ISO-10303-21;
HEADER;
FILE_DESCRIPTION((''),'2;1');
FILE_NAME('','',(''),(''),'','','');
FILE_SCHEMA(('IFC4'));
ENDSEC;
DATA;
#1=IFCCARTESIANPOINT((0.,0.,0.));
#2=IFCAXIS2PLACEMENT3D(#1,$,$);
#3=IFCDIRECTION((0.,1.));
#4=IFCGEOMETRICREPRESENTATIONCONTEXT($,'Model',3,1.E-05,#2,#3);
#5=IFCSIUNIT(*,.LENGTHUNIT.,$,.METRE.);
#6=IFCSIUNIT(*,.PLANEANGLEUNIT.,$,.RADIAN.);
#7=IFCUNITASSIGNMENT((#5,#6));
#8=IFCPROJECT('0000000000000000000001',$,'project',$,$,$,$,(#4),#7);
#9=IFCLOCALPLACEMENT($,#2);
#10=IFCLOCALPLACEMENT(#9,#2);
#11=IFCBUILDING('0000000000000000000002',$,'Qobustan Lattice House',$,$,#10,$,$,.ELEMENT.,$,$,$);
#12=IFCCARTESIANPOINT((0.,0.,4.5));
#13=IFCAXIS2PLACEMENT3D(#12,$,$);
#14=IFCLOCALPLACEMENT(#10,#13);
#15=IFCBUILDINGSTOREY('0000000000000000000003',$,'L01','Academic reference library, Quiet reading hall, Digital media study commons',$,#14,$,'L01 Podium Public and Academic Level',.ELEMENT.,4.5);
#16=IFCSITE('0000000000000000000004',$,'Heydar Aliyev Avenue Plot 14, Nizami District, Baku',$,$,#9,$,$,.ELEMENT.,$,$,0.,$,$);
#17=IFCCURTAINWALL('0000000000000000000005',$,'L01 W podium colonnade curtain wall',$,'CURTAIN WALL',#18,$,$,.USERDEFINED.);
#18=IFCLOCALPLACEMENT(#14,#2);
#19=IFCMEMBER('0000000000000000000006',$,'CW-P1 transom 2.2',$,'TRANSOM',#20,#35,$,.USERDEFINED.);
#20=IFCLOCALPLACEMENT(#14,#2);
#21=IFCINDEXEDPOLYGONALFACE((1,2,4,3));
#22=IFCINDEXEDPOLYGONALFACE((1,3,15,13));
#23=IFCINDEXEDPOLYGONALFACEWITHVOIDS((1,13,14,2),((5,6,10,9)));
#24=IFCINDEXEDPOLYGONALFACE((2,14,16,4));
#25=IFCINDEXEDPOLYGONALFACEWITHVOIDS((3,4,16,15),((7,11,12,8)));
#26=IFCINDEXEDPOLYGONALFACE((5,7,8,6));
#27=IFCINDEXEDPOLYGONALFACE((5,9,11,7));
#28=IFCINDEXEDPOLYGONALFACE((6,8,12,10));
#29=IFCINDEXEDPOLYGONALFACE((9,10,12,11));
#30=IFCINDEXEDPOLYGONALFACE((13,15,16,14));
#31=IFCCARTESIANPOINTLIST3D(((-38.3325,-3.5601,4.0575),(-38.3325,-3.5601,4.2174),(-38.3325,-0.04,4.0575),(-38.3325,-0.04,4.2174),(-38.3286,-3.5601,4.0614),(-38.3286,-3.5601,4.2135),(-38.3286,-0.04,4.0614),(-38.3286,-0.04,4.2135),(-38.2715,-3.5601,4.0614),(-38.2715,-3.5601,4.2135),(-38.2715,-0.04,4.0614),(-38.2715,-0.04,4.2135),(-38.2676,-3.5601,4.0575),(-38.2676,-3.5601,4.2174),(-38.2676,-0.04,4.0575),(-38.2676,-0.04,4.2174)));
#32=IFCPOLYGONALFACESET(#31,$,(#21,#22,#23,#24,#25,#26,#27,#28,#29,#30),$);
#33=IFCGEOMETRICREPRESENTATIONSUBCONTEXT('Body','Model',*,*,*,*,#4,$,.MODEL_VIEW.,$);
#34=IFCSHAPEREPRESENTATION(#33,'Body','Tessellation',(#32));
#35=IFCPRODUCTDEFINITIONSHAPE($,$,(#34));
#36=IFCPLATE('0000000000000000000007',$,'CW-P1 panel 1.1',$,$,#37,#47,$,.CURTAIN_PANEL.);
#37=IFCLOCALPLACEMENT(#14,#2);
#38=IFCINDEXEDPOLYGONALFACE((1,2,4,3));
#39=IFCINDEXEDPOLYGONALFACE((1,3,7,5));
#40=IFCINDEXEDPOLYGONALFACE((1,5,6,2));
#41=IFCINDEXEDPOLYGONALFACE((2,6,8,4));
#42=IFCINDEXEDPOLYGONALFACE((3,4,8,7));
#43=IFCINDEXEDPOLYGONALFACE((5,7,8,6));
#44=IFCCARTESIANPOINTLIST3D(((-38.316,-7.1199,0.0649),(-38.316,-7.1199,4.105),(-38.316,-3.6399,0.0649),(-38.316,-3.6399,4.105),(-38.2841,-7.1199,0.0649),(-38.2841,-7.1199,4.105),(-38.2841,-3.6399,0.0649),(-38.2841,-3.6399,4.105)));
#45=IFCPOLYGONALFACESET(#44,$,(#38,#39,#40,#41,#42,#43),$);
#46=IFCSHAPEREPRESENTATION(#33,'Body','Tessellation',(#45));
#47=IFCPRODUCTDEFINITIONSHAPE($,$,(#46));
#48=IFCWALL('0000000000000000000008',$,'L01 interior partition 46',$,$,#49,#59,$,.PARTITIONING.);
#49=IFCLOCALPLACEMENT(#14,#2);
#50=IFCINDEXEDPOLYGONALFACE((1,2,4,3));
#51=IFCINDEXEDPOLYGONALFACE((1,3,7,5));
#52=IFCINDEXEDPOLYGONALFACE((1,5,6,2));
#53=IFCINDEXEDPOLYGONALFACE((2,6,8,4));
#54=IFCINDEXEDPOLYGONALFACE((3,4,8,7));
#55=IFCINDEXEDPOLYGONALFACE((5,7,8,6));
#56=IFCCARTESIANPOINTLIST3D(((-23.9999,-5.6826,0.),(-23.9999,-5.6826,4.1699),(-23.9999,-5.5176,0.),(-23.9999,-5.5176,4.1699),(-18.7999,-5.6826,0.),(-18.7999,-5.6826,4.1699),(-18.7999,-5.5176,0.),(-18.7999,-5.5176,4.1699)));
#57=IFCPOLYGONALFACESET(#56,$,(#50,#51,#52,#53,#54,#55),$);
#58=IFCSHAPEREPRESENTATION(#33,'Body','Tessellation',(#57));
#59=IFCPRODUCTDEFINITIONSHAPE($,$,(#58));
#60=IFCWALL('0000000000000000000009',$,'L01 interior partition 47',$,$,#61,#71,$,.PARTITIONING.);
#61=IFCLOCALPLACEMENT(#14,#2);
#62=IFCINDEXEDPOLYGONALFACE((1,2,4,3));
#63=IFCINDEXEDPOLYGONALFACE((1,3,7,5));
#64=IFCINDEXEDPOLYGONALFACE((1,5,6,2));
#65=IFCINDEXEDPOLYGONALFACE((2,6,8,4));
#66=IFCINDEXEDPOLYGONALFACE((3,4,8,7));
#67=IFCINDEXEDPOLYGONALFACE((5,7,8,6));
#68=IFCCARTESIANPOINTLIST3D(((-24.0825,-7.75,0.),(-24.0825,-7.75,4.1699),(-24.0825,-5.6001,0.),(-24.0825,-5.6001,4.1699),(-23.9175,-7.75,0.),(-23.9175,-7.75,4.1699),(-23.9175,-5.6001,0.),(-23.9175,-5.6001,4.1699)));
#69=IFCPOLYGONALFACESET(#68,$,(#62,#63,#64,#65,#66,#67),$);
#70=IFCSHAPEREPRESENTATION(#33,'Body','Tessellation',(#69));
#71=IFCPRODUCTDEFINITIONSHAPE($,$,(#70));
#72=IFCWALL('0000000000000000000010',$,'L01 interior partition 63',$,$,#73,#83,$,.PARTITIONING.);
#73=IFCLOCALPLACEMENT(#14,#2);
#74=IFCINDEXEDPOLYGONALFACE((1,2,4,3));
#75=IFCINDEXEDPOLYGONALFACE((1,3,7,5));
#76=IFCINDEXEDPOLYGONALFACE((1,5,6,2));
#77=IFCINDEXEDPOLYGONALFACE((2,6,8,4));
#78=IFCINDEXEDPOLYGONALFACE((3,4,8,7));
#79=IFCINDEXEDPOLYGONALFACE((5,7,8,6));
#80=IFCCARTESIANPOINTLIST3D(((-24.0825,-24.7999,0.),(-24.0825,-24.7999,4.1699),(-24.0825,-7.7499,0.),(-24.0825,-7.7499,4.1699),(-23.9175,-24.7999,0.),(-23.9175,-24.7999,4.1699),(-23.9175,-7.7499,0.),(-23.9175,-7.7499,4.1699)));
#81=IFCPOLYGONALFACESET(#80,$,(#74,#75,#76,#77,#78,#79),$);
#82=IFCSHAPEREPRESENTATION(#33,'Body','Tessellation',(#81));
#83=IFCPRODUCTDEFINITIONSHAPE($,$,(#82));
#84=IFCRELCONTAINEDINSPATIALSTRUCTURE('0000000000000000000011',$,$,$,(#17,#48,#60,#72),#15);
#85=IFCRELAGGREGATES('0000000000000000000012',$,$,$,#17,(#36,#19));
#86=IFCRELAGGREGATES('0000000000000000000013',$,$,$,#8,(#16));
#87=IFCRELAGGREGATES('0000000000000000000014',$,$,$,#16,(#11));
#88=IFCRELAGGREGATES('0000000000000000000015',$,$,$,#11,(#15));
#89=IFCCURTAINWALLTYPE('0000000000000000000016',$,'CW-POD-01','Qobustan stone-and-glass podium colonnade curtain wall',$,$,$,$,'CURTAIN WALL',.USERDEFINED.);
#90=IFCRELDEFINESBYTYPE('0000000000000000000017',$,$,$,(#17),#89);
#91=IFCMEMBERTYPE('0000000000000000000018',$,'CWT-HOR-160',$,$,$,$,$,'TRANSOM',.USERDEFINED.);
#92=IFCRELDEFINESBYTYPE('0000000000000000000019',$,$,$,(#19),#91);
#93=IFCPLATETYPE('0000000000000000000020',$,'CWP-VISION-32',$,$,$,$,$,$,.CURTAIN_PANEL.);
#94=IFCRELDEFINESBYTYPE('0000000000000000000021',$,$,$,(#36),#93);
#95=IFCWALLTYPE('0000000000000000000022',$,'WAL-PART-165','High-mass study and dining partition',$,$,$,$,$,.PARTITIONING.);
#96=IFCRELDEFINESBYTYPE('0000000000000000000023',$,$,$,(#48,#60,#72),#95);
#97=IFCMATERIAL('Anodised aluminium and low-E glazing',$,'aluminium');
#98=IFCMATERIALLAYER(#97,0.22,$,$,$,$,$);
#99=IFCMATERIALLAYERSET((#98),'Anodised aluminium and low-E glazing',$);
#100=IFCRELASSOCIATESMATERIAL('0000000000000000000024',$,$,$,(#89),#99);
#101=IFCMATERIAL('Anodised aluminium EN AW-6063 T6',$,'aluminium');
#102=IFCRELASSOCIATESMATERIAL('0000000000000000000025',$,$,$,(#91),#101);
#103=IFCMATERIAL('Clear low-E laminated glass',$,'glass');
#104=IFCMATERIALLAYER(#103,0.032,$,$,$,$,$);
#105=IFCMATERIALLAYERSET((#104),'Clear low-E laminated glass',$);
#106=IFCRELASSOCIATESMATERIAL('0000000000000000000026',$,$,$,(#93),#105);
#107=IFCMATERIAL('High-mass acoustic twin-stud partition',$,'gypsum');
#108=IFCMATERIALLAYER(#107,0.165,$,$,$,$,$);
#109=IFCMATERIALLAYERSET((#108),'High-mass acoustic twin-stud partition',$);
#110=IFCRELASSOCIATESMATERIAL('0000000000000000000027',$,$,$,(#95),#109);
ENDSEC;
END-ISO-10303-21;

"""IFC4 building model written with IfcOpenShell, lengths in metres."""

from ifc_helpers import new_model, si_unit, direction, frame, frame_2d, origin, origin_2d, place, context, subcontext, project, spatial, rectangle, hollow_rectangle, extrude, material, layer, layer_set, material_profile, profile_set, type_object, element, aggregate, save


model = new_model("IFC4")

# Units and contexts
model_context = context("Model", 3, precision=1e-05, world=origin(), true_north=direction((0.0, 1.0)))
body_context = subcontext(model_context, "Body", "Model", "MODEL_VIEW")
ifc_project = project(units=[si_unit("LENGTHUNIT", "METRE"), si_unit("PLANEANGLEUNIT", "RADIAN")], contexts=[model_context])

# Site, building, storey
site_placement = place(None, origin())
site = spatial("IfcSite", under=ifc_project, at=site_placement, Name="Heydar Aliyev Avenue Plot 14, Nizami District, Baku", CompositionType="ELEMENT", RefElevation=0.0)
building_placement = place(site_placement, origin())
building = spatial("IfcBuilding", under=site, at=building_placement, Name="Qobustan Lattice House", CompositionType="ELEMENT")
storey_placement = place(building_placement, frame((0.0, 0.0, 4.5)))
storey = spatial("IfcBuildingStorey", under=building, at=storey_placement, Name="L01", Description="Academic reference library, Quiet reading hall, Digital media study commons", LongName="L01 Podium Public and Academic Level", CompositionType="ELEMENT", Elevation=4.5)

# Curtain wall, member, plate
ifc_material_1 = material(Name="Anodised aluminium and low-E glazing", Category="aluminium")
ifc_layer_1 = layer(ifc_material_1, 0.22)
ifc_layer_set_1 = layer_set([ifc_layer_1], Name="Anodised aluminium and low-E glazing")
curtain_wall_type = type_object("IfcCurtainWallType", Name="CW-POD-01", Description="Qobustan stone-and-glass podium colonnade curtain wall", ElementType="CURTAIN WALL", PredefinedType="USERDEFINED", material=ifc_layer_set_1)
curtain_wall_placement = place(storey_placement, origin())
curtain_wall = element("IfcCurtainWall", 1, at=curtain_wall_placement, inside=storey, type_object=curtain_wall_type, Name="L01 W podium colonnade curtain wall", ObjectType="CURTAIN WALL", PredefinedType="USERDEFINED")
ifc_material_2 = material(Name="Anodised aluminium EN AW-6063 T6", Category="aluminium")
ifc_material_profile_1 = material_profile(ifc_material_2, hollow_rectangle(XDim=0.0649, YDim=0.1599, WallThickness=0.0039, at=origin_2d()), Name="CWT-160x65")
ifc_profile_set_1 = profile_set([ifc_material_profile_1], Name="Anodised aluminium EN AW-6063 T6")
member_type_1 = type_object("IfcMemberType", Name="CWT-HOR-160", ElementType="TRANSOM", PredefinedType="USERDEFINED", material=ifc_profile_set_1)
member_1_placement = place(storey_placement, frame((-38.3, -3.5601, 4.1375), z_axis=(0.0, 1.0, 0.0), x_axis=(-1.0, 0.0, 0.0)))
member_1 = element("IfcMember", 2, at=member_1_placement, type_object=member_type_1, Name="CW-P1 transom 2.2", ObjectType="TRANSOM", PredefinedType="USERDEFINED", context=body_context, shape_type="SweptSolid", body=[
    extrude(hollow_rectangle(XDim=0.0649, YDim=0.1599, WallThickness=0.0039, at=origin_2d()), origin(), (0.0, 0.0, 1.0), 3.52),
])
ifc_material_3 = material(Name="Clear low-E laminated glass", Category="glass")
ifc_layer_2 = layer(ifc_material_3, 0.032)
ifc_layer_set_2 = layer_set([ifc_layer_2], Name="Clear low-E laminated glass")
plate_type = type_object("IfcPlateType", Name="CWP-VISION-32", PredefinedType="CURTAIN_PANEL", material=ifc_layer_set_2)
plate_placement = place(storey_placement, frame((-38.3, -5.3799, 0.0649), z_axis=(0.0, 0.0, 1.0), x_axis=(0.0, 1.0, 0.0)))
plate = element("IfcPlate", 3, at=plate_placement, type_object=plate_type, Name="CW-P1 panel 1.1", PredefinedType="CURTAIN_PANEL", context=body_context, shape_type="SweptSolid", body=[
    extrude(rectangle(XDim=3.48, YDim=0.032, at=origin_2d()), origin(), (0.0, 0.0, 1.0), 4.04),
])
aggregate(curtain_wall, [plate, member_1])

# Walls
ifc_material_4 = material(Name="High-mass acoustic twin-stud partition", Category="gypsum")
ifc_layer_3 = layer(ifc_material_4, 0.165)
ifc_layer_set_3 = layer_set([ifc_layer_3], Name="High-mass acoustic twin-stud partition")
wall_type = type_object("IfcWallType", Name="WAL-PART-165", Description="High-mass study and dining partition", PredefinedType="PARTITIONING", material=ifc_layer_set_3)
wall_1_placement = place(storey_placement, frame((-24.0, -5.6001, 0.0), z_axis=(0.0, 0.0, 1.0), x_axis=(1.0, 0.0, 0.0)))
element("IfcWall", 4, at=wall_1_placement, inside=storey, type_object=wall_type, Name="L01 interior partition 46", PredefinedType="PARTITIONING", context=body_context, shape_type="SweptSolid", body=[
    extrude(rectangle(XDim=5.2, YDim=0.165, at=frame_2d((2.6001, 0.0))), origin(), (0.0, 0.0, 1.0), 4.1699),
])
wall_2_placement = place(storey_placement, frame((-24.0, -7.75, 0.0), z_axis=(0.0, 0.0, 1.0), x_axis=(0.0, 1.0, 0.0)))
element("IfcWall", 5, at=wall_2_placement, inside=storey, type_object=wall_type, Name="L01 interior partition 47", PredefinedType="PARTITIONING", context=body_context, shape_type="SweptSolid", body=[
    extrude(rectangle(XDim=2.1499, YDim=0.165, at=frame_2d((1.075, 0.0))), origin(), (0.0, 0.0, 1.0), 4.1699),
])
wall_3_placement = place(storey_placement, frame((-24.0, -7.75, 0.0), z_axis=(0.0, 0.0, 1.0), x_axis=(0.0, -1.0, 0.0)))
element("IfcWall", 6, at=wall_3_placement, inside=storey, type_object=wall_type, Name="L01 interior partition 63", PredefinedType="PARTITIONING", context=body_context, shape_type="SweptSolid", body=[
    extrude(rectangle(XDim=17.05, YDim=0.165, at=frame_2d((8.5249, 0.0))), origin(), (0.0, 0.0, 1.0), 4.1699),
])

save(model, "model.ifc")
